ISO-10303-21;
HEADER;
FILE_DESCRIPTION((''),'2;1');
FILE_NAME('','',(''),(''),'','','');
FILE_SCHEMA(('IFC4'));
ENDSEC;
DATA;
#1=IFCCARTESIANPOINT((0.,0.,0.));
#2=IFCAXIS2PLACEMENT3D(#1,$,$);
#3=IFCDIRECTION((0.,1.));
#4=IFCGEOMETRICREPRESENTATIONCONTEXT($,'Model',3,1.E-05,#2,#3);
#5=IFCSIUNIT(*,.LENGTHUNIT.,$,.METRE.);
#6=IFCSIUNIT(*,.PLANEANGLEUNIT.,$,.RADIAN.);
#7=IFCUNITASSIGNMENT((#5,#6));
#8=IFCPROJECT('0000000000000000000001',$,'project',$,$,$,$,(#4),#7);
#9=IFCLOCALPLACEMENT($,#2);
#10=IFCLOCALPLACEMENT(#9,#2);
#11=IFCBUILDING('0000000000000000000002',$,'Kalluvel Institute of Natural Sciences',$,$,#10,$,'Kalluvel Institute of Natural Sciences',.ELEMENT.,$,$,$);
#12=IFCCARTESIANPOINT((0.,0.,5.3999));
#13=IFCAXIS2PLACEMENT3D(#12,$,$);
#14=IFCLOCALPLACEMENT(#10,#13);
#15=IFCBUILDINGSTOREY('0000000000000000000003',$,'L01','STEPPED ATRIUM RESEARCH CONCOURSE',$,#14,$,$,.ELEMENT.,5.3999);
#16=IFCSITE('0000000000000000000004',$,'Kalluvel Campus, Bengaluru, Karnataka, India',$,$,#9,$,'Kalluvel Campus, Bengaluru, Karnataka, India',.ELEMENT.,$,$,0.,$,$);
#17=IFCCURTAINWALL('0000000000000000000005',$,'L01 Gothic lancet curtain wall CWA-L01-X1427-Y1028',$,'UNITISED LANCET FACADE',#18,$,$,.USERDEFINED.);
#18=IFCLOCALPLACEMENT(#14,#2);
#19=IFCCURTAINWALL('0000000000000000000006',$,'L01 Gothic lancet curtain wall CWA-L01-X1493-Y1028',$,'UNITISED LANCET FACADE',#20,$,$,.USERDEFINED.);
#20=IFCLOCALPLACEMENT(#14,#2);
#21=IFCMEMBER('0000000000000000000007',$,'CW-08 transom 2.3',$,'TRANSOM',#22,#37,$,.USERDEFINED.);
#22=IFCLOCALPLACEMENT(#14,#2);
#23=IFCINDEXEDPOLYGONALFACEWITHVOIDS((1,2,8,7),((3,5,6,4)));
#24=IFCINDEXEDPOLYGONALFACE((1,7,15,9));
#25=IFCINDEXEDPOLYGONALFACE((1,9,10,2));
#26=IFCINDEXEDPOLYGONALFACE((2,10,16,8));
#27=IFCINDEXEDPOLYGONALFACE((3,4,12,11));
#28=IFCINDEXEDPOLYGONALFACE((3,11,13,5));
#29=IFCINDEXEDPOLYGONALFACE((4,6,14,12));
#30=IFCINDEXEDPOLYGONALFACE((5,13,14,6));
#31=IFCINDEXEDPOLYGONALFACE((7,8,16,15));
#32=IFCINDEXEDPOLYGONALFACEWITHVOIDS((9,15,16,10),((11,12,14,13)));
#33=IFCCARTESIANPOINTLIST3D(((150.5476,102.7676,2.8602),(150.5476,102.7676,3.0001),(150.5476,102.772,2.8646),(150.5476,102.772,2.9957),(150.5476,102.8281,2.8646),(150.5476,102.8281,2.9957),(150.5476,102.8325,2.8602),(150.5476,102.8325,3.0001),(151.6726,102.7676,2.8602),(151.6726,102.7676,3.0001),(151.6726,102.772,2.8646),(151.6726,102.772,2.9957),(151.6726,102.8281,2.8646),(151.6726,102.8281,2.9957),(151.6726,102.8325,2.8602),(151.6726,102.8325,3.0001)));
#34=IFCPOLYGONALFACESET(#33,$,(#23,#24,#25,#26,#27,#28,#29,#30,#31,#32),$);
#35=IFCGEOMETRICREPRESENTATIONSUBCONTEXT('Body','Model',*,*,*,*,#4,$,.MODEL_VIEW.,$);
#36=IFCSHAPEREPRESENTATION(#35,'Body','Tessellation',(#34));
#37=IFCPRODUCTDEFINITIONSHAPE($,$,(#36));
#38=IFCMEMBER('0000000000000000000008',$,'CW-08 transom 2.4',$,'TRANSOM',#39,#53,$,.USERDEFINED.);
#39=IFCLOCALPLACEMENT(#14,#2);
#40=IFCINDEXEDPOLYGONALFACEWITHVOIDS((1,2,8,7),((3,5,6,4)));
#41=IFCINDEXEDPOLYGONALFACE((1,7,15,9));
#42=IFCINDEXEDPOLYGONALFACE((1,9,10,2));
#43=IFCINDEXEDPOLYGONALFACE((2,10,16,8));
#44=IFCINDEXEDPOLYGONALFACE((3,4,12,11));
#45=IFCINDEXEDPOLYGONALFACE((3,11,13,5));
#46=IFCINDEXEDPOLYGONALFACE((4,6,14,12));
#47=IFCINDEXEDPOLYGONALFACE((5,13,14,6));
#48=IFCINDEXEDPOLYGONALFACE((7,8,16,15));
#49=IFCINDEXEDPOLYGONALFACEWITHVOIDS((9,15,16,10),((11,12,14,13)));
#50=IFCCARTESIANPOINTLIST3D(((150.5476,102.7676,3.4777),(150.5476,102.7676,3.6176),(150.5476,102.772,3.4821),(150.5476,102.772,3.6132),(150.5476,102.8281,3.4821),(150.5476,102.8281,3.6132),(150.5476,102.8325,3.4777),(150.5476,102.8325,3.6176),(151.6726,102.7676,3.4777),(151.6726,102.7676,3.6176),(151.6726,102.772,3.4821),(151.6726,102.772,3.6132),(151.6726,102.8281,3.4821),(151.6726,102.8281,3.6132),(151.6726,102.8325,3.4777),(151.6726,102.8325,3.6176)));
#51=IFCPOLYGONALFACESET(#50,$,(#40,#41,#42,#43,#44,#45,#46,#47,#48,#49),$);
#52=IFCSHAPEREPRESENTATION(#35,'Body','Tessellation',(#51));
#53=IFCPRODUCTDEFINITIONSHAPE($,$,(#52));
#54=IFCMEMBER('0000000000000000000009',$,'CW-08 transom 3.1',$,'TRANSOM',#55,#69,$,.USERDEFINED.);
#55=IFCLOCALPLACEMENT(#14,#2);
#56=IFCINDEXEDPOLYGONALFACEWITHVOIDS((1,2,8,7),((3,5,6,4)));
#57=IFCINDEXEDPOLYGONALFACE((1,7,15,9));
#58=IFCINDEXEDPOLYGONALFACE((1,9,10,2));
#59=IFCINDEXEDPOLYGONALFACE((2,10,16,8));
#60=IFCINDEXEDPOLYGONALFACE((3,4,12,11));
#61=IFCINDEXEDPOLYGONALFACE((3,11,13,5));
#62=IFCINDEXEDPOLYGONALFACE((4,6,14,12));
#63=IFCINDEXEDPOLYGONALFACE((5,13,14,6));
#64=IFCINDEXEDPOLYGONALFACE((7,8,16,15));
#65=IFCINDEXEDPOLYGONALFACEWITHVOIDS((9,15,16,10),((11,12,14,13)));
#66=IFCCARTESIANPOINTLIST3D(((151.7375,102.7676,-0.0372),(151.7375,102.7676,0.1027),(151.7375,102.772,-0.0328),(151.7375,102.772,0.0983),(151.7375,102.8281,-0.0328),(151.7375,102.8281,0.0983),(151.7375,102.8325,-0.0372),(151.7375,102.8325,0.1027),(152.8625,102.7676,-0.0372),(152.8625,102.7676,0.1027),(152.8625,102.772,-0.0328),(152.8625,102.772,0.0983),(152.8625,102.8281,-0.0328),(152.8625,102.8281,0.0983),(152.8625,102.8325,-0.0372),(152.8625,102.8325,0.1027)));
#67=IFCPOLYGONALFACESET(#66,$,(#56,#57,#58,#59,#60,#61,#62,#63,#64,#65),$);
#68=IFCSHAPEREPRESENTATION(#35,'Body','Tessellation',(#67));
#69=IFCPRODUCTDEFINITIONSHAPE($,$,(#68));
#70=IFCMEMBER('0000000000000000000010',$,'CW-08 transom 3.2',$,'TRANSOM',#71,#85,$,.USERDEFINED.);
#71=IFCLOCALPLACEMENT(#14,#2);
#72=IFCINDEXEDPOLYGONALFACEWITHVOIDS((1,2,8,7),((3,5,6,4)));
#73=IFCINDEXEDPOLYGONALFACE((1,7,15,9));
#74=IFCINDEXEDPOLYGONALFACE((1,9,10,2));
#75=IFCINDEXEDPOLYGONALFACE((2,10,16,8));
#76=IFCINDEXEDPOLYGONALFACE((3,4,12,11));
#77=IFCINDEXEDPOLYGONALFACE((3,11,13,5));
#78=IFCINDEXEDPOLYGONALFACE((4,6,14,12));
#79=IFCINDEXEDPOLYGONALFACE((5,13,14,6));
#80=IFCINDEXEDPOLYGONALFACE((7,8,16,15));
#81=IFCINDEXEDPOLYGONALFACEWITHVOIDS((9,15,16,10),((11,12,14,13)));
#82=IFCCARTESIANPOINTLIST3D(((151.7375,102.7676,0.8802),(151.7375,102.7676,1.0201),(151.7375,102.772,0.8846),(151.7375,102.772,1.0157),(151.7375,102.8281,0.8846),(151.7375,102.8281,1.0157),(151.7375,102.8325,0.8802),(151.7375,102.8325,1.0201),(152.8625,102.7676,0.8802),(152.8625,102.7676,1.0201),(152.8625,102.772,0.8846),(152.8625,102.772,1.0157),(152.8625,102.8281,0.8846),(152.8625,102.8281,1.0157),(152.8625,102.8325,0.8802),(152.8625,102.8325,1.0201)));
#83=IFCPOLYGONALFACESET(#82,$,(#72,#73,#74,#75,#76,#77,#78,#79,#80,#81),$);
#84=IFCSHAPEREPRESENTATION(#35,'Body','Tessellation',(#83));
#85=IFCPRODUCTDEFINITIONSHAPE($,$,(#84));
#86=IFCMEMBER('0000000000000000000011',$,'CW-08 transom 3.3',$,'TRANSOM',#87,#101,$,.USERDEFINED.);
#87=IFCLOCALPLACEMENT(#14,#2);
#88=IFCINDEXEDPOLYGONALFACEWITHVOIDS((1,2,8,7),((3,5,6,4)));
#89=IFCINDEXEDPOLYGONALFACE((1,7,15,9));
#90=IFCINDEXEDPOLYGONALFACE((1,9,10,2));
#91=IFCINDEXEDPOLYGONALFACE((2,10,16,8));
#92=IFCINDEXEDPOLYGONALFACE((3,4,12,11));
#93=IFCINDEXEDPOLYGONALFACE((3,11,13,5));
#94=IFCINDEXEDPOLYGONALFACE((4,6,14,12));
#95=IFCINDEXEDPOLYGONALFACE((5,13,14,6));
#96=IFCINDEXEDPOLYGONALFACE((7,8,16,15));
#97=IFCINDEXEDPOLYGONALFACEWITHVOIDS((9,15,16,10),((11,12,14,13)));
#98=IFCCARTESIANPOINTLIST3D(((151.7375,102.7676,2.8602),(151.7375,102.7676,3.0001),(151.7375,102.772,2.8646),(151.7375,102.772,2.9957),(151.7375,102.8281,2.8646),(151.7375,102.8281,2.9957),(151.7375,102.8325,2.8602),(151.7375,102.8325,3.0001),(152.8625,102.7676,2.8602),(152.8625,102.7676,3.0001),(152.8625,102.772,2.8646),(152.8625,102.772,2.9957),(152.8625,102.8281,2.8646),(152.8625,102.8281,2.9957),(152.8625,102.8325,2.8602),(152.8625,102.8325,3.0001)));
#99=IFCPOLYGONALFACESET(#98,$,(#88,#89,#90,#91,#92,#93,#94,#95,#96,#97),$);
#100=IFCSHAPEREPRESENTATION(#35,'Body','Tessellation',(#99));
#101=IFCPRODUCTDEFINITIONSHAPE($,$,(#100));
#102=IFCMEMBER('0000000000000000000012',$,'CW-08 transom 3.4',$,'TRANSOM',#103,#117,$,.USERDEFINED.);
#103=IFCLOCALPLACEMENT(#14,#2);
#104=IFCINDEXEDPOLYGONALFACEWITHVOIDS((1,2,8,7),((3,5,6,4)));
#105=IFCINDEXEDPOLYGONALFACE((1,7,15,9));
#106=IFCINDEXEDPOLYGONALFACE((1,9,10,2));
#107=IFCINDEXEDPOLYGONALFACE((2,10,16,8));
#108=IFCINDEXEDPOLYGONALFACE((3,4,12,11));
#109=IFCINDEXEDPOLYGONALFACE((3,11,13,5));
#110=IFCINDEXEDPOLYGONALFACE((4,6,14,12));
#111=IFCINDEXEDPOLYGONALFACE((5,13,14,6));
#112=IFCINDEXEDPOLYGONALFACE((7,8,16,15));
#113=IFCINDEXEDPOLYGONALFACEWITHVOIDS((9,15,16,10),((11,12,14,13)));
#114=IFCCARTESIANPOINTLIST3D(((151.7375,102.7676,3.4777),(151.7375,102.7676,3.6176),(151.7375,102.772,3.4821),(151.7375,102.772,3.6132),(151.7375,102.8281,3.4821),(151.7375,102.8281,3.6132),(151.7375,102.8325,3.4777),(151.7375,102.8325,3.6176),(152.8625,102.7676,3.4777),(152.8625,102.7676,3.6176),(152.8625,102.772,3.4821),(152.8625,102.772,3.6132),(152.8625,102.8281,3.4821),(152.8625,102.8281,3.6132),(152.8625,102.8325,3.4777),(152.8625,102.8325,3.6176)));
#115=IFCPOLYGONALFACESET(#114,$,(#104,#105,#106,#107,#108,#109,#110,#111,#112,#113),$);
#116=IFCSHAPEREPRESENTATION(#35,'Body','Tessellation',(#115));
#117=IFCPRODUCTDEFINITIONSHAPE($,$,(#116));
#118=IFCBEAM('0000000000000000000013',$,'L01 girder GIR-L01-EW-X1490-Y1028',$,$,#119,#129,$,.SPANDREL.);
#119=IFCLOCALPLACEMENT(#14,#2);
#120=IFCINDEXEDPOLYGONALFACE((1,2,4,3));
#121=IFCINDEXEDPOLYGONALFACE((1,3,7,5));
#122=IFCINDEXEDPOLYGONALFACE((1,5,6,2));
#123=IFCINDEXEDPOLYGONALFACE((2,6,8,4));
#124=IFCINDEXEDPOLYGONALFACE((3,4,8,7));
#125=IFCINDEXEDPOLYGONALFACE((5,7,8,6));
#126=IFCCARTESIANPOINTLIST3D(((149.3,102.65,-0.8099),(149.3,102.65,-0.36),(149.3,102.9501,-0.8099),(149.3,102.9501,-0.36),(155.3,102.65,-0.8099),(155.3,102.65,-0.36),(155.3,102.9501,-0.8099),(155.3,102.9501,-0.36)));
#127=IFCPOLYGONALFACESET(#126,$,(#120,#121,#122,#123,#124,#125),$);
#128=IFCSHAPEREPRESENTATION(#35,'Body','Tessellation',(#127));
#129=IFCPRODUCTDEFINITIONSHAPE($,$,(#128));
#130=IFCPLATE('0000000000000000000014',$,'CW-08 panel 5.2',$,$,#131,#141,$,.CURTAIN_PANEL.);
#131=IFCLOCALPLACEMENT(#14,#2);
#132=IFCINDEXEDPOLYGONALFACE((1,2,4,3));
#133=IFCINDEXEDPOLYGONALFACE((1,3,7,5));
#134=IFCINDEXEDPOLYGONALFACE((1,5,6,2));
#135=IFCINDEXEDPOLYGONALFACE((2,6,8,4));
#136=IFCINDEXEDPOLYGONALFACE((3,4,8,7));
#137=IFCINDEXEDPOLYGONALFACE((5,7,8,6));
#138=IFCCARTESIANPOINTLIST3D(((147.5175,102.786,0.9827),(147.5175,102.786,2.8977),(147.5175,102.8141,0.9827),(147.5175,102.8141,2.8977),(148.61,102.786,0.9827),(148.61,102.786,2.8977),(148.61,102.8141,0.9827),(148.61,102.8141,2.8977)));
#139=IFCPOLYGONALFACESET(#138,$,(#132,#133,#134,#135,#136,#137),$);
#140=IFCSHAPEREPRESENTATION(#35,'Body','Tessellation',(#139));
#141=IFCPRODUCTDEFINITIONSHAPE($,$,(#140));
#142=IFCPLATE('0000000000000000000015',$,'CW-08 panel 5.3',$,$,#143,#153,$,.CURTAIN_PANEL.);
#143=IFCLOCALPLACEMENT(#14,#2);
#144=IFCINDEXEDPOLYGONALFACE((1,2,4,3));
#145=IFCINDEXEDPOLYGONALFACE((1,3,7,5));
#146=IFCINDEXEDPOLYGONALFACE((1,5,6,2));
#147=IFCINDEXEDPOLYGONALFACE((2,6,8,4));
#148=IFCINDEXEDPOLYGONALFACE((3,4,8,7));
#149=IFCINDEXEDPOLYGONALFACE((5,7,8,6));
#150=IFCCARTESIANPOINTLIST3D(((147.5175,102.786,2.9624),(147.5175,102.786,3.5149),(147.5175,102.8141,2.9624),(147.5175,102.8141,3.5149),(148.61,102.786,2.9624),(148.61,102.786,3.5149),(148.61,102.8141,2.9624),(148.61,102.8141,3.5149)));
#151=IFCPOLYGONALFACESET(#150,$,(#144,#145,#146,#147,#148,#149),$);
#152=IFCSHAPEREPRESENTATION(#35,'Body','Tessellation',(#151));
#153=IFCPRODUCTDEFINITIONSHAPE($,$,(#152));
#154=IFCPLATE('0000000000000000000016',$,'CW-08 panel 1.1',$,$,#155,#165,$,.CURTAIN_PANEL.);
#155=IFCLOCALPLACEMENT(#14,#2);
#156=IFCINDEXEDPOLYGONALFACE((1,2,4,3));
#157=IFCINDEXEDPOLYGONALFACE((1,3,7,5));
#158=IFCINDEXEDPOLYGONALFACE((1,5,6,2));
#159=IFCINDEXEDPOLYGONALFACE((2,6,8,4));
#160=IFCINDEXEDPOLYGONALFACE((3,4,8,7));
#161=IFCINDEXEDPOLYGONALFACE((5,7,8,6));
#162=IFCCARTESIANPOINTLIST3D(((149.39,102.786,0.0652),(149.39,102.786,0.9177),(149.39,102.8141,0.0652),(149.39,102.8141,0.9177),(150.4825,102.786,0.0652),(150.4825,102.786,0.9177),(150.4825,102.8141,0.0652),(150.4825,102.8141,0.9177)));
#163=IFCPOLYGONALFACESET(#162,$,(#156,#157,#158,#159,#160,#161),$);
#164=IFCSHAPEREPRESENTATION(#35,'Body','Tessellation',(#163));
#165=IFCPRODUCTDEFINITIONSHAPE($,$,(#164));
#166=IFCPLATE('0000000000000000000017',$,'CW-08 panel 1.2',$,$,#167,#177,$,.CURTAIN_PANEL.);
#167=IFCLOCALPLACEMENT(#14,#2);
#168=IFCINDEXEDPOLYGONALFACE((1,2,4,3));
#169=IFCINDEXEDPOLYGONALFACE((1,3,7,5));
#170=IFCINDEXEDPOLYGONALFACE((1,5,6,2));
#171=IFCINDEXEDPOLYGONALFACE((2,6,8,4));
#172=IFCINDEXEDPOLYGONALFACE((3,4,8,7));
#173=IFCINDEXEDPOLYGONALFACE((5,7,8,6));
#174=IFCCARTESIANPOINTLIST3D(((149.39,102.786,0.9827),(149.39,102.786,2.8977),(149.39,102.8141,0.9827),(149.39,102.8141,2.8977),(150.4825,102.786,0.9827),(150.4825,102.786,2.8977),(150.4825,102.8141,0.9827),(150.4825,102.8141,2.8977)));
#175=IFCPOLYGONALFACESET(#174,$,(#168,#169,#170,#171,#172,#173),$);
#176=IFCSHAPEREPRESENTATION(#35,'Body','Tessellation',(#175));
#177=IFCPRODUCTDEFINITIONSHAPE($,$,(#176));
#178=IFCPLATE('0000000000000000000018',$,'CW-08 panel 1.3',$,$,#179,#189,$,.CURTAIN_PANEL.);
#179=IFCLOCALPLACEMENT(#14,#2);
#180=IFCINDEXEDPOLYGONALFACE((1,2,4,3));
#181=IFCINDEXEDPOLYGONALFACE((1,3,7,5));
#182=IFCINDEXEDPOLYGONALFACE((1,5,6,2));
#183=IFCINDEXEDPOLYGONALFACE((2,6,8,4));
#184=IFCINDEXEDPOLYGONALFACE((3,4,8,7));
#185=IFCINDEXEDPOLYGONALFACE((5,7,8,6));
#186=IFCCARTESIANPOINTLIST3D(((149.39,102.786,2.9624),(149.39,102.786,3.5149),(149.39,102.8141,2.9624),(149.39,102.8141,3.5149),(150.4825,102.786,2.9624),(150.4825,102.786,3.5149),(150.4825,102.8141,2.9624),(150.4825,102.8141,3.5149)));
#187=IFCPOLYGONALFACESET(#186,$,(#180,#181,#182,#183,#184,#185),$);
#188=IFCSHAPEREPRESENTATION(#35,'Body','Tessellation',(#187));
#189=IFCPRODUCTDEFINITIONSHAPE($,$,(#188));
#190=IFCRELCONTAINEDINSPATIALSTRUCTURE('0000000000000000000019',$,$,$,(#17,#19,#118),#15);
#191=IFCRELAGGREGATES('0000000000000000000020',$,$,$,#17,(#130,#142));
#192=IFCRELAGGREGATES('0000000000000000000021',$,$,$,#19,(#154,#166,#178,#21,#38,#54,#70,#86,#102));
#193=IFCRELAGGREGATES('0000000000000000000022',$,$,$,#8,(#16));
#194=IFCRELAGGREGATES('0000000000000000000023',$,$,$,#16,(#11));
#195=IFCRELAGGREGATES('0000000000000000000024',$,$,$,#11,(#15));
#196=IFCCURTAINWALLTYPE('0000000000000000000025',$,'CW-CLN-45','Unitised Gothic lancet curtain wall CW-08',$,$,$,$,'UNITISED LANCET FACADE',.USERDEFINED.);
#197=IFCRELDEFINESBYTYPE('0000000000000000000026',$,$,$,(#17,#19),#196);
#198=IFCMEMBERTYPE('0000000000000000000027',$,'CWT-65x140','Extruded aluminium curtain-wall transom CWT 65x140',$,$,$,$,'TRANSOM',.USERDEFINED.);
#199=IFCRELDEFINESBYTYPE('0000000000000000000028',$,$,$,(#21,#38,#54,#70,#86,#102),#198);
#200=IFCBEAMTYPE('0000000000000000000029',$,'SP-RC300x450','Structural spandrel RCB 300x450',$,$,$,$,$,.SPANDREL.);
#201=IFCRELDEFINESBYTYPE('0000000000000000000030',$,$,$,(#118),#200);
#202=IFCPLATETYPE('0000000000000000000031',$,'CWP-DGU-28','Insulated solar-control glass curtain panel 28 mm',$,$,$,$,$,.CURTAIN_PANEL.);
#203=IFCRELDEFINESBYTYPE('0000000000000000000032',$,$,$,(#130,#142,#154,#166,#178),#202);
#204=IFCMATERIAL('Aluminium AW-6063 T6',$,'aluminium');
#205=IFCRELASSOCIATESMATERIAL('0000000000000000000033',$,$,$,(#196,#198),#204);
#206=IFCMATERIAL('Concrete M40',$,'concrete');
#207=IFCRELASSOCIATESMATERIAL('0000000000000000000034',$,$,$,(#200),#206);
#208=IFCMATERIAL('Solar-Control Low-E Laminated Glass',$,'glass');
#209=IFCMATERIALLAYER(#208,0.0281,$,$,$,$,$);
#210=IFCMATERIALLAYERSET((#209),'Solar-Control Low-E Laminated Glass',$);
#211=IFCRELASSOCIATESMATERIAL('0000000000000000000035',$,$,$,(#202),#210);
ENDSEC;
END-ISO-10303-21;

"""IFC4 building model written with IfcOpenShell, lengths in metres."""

from ifc_helpers import new_model, si_unit, direction, frame, origin, origin_2d, place, context, subcontext, project, spatial, rectangle, hollow_rectangle, extrude, material, layer, layer_set, material_profile, profile_set, type_object, element, aggregate, save


model = new_model("IFC4")

# Units and contexts
model_context = context("Model", 3, precision=1e-05, world=origin(), true_north=direction((0.0, 1.0)))
body_context = subcontext(model_context, "Body", "Model", "MODEL_VIEW")
ifc_project = project(units=[si_unit("LENGTHUNIT", "METRE"), si_unit("PLANEANGLEUNIT", "RADIAN")], contexts=[model_context])

# Site, building, storey
site_placement = place(None, origin())
site = spatial("IfcSite", under=ifc_project, at=site_placement, Name="Kalluvel Campus, Bengaluru, Karnataka, India", LongName="Kalluvel Campus, Bengaluru, Karnataka, India", CompositionType="ELEMENT", RefElevation=0.0)
building_placement = place(site_placement, origin())
building = spatial("IfcBuilding", under=site, at=building_placement, Name="Kalluvel Institute of Natural Sciences", LongName="Kalluvel Institute of Natural Sciences", CompositionType="ELEMENT")
storey_placement = place(building_placement, frame((0.0, 0.0, 5.3999)))
storey = spatial("IfcBuildingStorey", under=building, at=storey_placement, Name="L01", Description="STEPPED ATRIUM RESEARCH CONCOURSE", CompositionType="ELEMENT", Elevation=5.3999)

# Shared definitions
ifc_material_1 = material(Name="Concrete M40", Category="concrete")

# Curtain wall
ifc_material_2 = material(Name="Aluminium AW-6063 T6", Category="aluminium")
curtain_wall_type = type_object("IfcCurtainWallType", Name="CW-CLN-45", Description="Unitised Gothic lancet curtain wall CW-08", ElementType="UNITISED LANCET FACADE", PredefinedType="USERDEFINED", material=ifc_material_2)
curtain_wall_1_placement = place(storey_placement, origin())
curtain_wall_1 = element("IfcCurtainWall", 1, at=curtain_wall_1_placement, inside=storey, type_object=curtain_wall_type, Name="L01 Gothic lancet curtain wall CWA-L01-X1427-Y1028", ObjectType="UNITISED LANCET FACADE", PredefinedType="USERDEFINED")

# Curtain wall, members
curtain_wall_2_placement = place(storey_placement, origin())
curtain_wall_2 = element("IfcCurtainWall", 2, at=curtain_wall_2_placement, inside=storey, type_object=curtain_wall_type, Name="L01 Gothic lancet curtain wall CWA-L01-X1493-Y1028", ObjectType="UNITISED LANCET FACADE", PredefinedType="USERDEFINED")
ifc_material_profile_1 = material_profile(ifc_material_2, hollow_rectangle(XDim=0.0649, YDim=0.1399, WallThickness=0.0044, at=origin_2d()), Name="CWT 65x140")
ifc_profile_set_1 = profile_set([ifc_material_profile_1], Name="Aluminium AW-6063 T6")
member_type_1 = type_object("IfcMemberType", Name="CWT-65x140", Description="Extruded aluminium curtain-wall transom CWT 65x140", ElementType="TRANSOM", PredefinedType="USERDEFINED", material=ifc_profile_set_1)
member_1_placement = place(storey_placement, frame((150.5476, 102.8, 2.9302), z_axis=(1.0, 0.0, 0.0), x_axis=(0.0, 1.0, 0.0)))
member_1 = element("IfcMember", 3, at=member_1_placement, type_object=member_type_1, Name="CW-08 transom 2.3", ObjectType="TRANSOM", PredefinedType="USERDEFINED", context=body_context, shape_type="SweptSolid", body=[
    extrude(hollow_rectangle(XDim=0.0649, YDim=0.1399, WallThickness=0.0044, at=origin_2d()), origin(), (0.0, 0.0, 1.0), 1.125),
])
member_2_placement = place(storey_placement, frame((150.5476, 102.8, 3.5476), z_axis=(1.0, 0.0, 0.0), x_axis=(0.0, 1.0, 0.0)))
member_2 = element("IfcMember", 4, at=member_2_placement, type_object=member_type_1, Name="CW-08 transom 2.4", ObjectType="TRANSOM", PredefinedType="USERDEFINED", context=body_context, shape_type="SweptSolid", body=[
    extrude(hollow_rectangle(XDim=0.0649, YDim=0.1399, WallThickness=0.0044, at=origin_2d()), origin(), (0.0, 0.0, 1.0), 1.125),
])
member_3_placement = place(storey_placement, frame((151.7375, 102.8, 0.0327), z_axis=(1.0, 0.0, 0.0), x_axis=(0.0, 1.0, 0.0)))
member_3 = element("IfcMember", 5, at=member_3_placement, type_object=member_type_1, Name="CW-08 transom 3.1", ObjectType="TRANSOM", PredefinedType="USERDEFINED", context=body_context, shape_type="SweptSolid", body=[
    extrude(hollow_rectangle(XDim=0.0649, YDim=0.1399, WallThickness=0.0044, at=origin_2d()), origin(), (0.0, 0.0, 1.0), 1.125),
])
member_4_placement = place(storey_placement, frame((151.7375, 102.8, 0.9502), z_axis=(1.0, 0.0, 0.0), x_axis=(0.0, 1.0, 0.0)))
member_4 = element("IfcMember", 6, at=member_4_placement, type_object=member_type_1, Name="CW-08 transom 3.2", ObjectType="TRANSOM", PredefinedType="USERDEFINED", context=body_context, shape_type="SweptSolid", body=[
    extrude(hollow_rectangle(XDim=0.0649, YDim=0.1399, WallThickness=0.0044, at=origin_2d()), origin(), (0.0, 0.0, 1.0), 1.125),
])
member_5_placement = place(storey_placement, frame((151.7375, 102.8, 2.9302), z_axis=(1.0, 0.0, 0.0), x_axis=(0.0, 1.0, 0.0)))
member_5 = element("IfcMember", 7, at=member_5_placement, type_object=member_type_1, Name="CW-08 transom 3.3", ObjectType="TRANSOM", PredefinedType="USERDEFINED", context=body_context, shape_type="SweptSolid", body=[
    extrude(hollow_rectangle(XDim=0.0649, YDim=0.1399, WallThickness=0.0044, at=origin_2d()), origin(), (0.0, 0.0, 1.0), 1.125),
])
member_6_placement = place(storey_placement, frame((151.7375, 102.8, 3.5476), z_axis=(1.0, 0.0, 0.0), x_axis=(0.0, 1.0, 0.0)))
member_6 = element("IfcMember", 8, at=member_6_placement, type_object=member_type_1, Name="CW-08 transom 3.4", ObjectType="TRANSOM", PredefinedType="USERDEFINED", context=body_context, shape_type="SweptSolid", body=[
    extrude(hollow_rectangle(XDim=0.0649, YDim=0.1399, WallThickness=0.0044, at=origin_2d()), origin(), (0.0, 0.0, 1.0), 1.125),
])

# Beam
ifc_material_profile_2 = material_profile(ifc_material_1, rectangle(XDim=0.3, YDim=0.45, at=origin_2d()), Name="RCB 300x450")
ifc_profile_set_2 = profile_set([ifc_material_profile_2], Name="Concrete M40")
beam_type = type_object("IfcBeamType", Name="SP-RC300x450", Description="Structural spandrel RCB 300x450", PredefinedType="SPANDREL", material=ifc_profile_set_2)
beam_placement = place(storey_placement, frame((149.3, 102.8, -0.585), z_axis=(1.0, 0.0, 0.0), x_axis=(0.0, 1.0, 0.0)))
element("IfcBeam", 9, at=beam_placement, inside=storey, type_object=beam_type, Name="L01 girder GIR-L01-EW-X1490-Y1028", PredefinedType="SPANDREL", context=body_context, shape_type="SweptSolid", body=[
    extrude(rectangle(XDim=0.3, YDim=0.45, at=origin_2d()), origin(), (0.0, 0.0, 1.0), 6.0),
])

# Plates
ifc_material_3 = material(Name="Solar-Control Low-E Laminated Glass", Category="glass")
ifc_layer = layer(ifc_material_3, 0.0281)
ifc_layer_set = layer_set([ifc_layer], Name="Solar-Control Low-E Laminated Glass")
plate_type = type_object("IfcPlateType", Name="CWP-DGU-28", Description="Insulated solar-control glass curtain panel 28 mm", PredefinedType="CURTAIN_PANEL", material=ifc_layer_set)
plate_1_placement = place(storey_placement, frame((148.0637, 102.8, 0.9827), z_axis=(0.0, 0.0, 1.0), x_axis=(1.0, 0.0, 0.0)))
plate_1 = element("IfcPlate", 10, at=plate_1_placement, type_object=plate_type, Name="CW-08 panel 5.2", PredefinedType="CURTAIN_PANEL", context=body_context, shape_type="SweptSolid", body=[
    extrude(rectangle(XDim=1.0925, YDim=0.0281, at=origin_2d()), origin(), (0.0, 0.0, 1.0), 1.915),
])
plate_2_placement = place(storey_placement, frame((148.0637, 102.8, 2.9624), z_axis=(0.0, 0.0, 1.0), x_axis=(1.0, 0.0, 0.0)))
plate_2 = element("IfcPlate", 11, at=plate_2_placement, type_object=plate_type, Name="CW-08 panel 5.3", PredefinedType="CURTAIN_PANEL", context=body_context, shape_type="SweptSolid", body=[
    extrude(rectangle(XDim=1.0925, YDim=0.0281, at=origin_2d()), origin(), (0.0, 0.0, 1.0), 0.5525),
])
aggregate(curtain_wall_1, [plate_1, plate_2])
plate_3_placement = place(storey_placement, frame((149.9363, 102.8, 0.0652), z_axis=(0.0, 0.0, 1.0), x_axis=(1.0, 0.0, 0.0)))
plate_3 = element("IfcPlate", 12, at=plate_3_placement, type_object=plate_type, Name="CW-08 panel 1.1", PredefinedType="CURTAIN_PANEL", context=body_context, shape_type="SweptSolid", body=[
    extrude(rectangle(XDim=1.0925, YDim=0.0281, at=origin_2d()), origin(), (0.0, 0.0, 1.0), 0.8525),
])
plate_4_placement = place(storey_placement, frame((149.9363, 102.8, 0.9827), z_axis=(0.0, 0.0, 1.0), x_axis=(1.0, 0.0, 0.0)))
plate_4 = element("IfcPlate", 13, at=plate_4_placement, type_object=plate_type, Name="CW-08 panel 1.2", PredefinedType="CURTAIN_PANEL", context=body_context, shape_type="SweptSolid", body=[
    extrude(rectangle(XDim=1.0925, YDim=0.0281, at=origin_2d()), origin(), (0.0, 0.0, 1.0), 1.915),
])
plate_5_placement = place(storey_placement, frame((149.9363, 102.8, 2.9624), z_axis=(0.0, 0.0, 1.0), x_axis=(1.0, 0.0, 0.0)))
plate_5 = element("IfcPlate", 14, at=plate_5_placement, type_object=plate_type, Name="CW-08 panel 1.3", PredefinedType="CURTAIN_PANEL", context=body_context, shape_type="SweptSolid", body=[
    extrude(rectangle(XDim=1.0925, YDim=0.0281, at=origin_2d()), origin(), (0.0, 0.0, 1.0), 0.5525),
])
aggregate(curtain_wall_2, [plate_3, plate_4, plate_5, member_1, member_2, member_3, member_4, member_5, member_6])

save(model, "model.ifc")
